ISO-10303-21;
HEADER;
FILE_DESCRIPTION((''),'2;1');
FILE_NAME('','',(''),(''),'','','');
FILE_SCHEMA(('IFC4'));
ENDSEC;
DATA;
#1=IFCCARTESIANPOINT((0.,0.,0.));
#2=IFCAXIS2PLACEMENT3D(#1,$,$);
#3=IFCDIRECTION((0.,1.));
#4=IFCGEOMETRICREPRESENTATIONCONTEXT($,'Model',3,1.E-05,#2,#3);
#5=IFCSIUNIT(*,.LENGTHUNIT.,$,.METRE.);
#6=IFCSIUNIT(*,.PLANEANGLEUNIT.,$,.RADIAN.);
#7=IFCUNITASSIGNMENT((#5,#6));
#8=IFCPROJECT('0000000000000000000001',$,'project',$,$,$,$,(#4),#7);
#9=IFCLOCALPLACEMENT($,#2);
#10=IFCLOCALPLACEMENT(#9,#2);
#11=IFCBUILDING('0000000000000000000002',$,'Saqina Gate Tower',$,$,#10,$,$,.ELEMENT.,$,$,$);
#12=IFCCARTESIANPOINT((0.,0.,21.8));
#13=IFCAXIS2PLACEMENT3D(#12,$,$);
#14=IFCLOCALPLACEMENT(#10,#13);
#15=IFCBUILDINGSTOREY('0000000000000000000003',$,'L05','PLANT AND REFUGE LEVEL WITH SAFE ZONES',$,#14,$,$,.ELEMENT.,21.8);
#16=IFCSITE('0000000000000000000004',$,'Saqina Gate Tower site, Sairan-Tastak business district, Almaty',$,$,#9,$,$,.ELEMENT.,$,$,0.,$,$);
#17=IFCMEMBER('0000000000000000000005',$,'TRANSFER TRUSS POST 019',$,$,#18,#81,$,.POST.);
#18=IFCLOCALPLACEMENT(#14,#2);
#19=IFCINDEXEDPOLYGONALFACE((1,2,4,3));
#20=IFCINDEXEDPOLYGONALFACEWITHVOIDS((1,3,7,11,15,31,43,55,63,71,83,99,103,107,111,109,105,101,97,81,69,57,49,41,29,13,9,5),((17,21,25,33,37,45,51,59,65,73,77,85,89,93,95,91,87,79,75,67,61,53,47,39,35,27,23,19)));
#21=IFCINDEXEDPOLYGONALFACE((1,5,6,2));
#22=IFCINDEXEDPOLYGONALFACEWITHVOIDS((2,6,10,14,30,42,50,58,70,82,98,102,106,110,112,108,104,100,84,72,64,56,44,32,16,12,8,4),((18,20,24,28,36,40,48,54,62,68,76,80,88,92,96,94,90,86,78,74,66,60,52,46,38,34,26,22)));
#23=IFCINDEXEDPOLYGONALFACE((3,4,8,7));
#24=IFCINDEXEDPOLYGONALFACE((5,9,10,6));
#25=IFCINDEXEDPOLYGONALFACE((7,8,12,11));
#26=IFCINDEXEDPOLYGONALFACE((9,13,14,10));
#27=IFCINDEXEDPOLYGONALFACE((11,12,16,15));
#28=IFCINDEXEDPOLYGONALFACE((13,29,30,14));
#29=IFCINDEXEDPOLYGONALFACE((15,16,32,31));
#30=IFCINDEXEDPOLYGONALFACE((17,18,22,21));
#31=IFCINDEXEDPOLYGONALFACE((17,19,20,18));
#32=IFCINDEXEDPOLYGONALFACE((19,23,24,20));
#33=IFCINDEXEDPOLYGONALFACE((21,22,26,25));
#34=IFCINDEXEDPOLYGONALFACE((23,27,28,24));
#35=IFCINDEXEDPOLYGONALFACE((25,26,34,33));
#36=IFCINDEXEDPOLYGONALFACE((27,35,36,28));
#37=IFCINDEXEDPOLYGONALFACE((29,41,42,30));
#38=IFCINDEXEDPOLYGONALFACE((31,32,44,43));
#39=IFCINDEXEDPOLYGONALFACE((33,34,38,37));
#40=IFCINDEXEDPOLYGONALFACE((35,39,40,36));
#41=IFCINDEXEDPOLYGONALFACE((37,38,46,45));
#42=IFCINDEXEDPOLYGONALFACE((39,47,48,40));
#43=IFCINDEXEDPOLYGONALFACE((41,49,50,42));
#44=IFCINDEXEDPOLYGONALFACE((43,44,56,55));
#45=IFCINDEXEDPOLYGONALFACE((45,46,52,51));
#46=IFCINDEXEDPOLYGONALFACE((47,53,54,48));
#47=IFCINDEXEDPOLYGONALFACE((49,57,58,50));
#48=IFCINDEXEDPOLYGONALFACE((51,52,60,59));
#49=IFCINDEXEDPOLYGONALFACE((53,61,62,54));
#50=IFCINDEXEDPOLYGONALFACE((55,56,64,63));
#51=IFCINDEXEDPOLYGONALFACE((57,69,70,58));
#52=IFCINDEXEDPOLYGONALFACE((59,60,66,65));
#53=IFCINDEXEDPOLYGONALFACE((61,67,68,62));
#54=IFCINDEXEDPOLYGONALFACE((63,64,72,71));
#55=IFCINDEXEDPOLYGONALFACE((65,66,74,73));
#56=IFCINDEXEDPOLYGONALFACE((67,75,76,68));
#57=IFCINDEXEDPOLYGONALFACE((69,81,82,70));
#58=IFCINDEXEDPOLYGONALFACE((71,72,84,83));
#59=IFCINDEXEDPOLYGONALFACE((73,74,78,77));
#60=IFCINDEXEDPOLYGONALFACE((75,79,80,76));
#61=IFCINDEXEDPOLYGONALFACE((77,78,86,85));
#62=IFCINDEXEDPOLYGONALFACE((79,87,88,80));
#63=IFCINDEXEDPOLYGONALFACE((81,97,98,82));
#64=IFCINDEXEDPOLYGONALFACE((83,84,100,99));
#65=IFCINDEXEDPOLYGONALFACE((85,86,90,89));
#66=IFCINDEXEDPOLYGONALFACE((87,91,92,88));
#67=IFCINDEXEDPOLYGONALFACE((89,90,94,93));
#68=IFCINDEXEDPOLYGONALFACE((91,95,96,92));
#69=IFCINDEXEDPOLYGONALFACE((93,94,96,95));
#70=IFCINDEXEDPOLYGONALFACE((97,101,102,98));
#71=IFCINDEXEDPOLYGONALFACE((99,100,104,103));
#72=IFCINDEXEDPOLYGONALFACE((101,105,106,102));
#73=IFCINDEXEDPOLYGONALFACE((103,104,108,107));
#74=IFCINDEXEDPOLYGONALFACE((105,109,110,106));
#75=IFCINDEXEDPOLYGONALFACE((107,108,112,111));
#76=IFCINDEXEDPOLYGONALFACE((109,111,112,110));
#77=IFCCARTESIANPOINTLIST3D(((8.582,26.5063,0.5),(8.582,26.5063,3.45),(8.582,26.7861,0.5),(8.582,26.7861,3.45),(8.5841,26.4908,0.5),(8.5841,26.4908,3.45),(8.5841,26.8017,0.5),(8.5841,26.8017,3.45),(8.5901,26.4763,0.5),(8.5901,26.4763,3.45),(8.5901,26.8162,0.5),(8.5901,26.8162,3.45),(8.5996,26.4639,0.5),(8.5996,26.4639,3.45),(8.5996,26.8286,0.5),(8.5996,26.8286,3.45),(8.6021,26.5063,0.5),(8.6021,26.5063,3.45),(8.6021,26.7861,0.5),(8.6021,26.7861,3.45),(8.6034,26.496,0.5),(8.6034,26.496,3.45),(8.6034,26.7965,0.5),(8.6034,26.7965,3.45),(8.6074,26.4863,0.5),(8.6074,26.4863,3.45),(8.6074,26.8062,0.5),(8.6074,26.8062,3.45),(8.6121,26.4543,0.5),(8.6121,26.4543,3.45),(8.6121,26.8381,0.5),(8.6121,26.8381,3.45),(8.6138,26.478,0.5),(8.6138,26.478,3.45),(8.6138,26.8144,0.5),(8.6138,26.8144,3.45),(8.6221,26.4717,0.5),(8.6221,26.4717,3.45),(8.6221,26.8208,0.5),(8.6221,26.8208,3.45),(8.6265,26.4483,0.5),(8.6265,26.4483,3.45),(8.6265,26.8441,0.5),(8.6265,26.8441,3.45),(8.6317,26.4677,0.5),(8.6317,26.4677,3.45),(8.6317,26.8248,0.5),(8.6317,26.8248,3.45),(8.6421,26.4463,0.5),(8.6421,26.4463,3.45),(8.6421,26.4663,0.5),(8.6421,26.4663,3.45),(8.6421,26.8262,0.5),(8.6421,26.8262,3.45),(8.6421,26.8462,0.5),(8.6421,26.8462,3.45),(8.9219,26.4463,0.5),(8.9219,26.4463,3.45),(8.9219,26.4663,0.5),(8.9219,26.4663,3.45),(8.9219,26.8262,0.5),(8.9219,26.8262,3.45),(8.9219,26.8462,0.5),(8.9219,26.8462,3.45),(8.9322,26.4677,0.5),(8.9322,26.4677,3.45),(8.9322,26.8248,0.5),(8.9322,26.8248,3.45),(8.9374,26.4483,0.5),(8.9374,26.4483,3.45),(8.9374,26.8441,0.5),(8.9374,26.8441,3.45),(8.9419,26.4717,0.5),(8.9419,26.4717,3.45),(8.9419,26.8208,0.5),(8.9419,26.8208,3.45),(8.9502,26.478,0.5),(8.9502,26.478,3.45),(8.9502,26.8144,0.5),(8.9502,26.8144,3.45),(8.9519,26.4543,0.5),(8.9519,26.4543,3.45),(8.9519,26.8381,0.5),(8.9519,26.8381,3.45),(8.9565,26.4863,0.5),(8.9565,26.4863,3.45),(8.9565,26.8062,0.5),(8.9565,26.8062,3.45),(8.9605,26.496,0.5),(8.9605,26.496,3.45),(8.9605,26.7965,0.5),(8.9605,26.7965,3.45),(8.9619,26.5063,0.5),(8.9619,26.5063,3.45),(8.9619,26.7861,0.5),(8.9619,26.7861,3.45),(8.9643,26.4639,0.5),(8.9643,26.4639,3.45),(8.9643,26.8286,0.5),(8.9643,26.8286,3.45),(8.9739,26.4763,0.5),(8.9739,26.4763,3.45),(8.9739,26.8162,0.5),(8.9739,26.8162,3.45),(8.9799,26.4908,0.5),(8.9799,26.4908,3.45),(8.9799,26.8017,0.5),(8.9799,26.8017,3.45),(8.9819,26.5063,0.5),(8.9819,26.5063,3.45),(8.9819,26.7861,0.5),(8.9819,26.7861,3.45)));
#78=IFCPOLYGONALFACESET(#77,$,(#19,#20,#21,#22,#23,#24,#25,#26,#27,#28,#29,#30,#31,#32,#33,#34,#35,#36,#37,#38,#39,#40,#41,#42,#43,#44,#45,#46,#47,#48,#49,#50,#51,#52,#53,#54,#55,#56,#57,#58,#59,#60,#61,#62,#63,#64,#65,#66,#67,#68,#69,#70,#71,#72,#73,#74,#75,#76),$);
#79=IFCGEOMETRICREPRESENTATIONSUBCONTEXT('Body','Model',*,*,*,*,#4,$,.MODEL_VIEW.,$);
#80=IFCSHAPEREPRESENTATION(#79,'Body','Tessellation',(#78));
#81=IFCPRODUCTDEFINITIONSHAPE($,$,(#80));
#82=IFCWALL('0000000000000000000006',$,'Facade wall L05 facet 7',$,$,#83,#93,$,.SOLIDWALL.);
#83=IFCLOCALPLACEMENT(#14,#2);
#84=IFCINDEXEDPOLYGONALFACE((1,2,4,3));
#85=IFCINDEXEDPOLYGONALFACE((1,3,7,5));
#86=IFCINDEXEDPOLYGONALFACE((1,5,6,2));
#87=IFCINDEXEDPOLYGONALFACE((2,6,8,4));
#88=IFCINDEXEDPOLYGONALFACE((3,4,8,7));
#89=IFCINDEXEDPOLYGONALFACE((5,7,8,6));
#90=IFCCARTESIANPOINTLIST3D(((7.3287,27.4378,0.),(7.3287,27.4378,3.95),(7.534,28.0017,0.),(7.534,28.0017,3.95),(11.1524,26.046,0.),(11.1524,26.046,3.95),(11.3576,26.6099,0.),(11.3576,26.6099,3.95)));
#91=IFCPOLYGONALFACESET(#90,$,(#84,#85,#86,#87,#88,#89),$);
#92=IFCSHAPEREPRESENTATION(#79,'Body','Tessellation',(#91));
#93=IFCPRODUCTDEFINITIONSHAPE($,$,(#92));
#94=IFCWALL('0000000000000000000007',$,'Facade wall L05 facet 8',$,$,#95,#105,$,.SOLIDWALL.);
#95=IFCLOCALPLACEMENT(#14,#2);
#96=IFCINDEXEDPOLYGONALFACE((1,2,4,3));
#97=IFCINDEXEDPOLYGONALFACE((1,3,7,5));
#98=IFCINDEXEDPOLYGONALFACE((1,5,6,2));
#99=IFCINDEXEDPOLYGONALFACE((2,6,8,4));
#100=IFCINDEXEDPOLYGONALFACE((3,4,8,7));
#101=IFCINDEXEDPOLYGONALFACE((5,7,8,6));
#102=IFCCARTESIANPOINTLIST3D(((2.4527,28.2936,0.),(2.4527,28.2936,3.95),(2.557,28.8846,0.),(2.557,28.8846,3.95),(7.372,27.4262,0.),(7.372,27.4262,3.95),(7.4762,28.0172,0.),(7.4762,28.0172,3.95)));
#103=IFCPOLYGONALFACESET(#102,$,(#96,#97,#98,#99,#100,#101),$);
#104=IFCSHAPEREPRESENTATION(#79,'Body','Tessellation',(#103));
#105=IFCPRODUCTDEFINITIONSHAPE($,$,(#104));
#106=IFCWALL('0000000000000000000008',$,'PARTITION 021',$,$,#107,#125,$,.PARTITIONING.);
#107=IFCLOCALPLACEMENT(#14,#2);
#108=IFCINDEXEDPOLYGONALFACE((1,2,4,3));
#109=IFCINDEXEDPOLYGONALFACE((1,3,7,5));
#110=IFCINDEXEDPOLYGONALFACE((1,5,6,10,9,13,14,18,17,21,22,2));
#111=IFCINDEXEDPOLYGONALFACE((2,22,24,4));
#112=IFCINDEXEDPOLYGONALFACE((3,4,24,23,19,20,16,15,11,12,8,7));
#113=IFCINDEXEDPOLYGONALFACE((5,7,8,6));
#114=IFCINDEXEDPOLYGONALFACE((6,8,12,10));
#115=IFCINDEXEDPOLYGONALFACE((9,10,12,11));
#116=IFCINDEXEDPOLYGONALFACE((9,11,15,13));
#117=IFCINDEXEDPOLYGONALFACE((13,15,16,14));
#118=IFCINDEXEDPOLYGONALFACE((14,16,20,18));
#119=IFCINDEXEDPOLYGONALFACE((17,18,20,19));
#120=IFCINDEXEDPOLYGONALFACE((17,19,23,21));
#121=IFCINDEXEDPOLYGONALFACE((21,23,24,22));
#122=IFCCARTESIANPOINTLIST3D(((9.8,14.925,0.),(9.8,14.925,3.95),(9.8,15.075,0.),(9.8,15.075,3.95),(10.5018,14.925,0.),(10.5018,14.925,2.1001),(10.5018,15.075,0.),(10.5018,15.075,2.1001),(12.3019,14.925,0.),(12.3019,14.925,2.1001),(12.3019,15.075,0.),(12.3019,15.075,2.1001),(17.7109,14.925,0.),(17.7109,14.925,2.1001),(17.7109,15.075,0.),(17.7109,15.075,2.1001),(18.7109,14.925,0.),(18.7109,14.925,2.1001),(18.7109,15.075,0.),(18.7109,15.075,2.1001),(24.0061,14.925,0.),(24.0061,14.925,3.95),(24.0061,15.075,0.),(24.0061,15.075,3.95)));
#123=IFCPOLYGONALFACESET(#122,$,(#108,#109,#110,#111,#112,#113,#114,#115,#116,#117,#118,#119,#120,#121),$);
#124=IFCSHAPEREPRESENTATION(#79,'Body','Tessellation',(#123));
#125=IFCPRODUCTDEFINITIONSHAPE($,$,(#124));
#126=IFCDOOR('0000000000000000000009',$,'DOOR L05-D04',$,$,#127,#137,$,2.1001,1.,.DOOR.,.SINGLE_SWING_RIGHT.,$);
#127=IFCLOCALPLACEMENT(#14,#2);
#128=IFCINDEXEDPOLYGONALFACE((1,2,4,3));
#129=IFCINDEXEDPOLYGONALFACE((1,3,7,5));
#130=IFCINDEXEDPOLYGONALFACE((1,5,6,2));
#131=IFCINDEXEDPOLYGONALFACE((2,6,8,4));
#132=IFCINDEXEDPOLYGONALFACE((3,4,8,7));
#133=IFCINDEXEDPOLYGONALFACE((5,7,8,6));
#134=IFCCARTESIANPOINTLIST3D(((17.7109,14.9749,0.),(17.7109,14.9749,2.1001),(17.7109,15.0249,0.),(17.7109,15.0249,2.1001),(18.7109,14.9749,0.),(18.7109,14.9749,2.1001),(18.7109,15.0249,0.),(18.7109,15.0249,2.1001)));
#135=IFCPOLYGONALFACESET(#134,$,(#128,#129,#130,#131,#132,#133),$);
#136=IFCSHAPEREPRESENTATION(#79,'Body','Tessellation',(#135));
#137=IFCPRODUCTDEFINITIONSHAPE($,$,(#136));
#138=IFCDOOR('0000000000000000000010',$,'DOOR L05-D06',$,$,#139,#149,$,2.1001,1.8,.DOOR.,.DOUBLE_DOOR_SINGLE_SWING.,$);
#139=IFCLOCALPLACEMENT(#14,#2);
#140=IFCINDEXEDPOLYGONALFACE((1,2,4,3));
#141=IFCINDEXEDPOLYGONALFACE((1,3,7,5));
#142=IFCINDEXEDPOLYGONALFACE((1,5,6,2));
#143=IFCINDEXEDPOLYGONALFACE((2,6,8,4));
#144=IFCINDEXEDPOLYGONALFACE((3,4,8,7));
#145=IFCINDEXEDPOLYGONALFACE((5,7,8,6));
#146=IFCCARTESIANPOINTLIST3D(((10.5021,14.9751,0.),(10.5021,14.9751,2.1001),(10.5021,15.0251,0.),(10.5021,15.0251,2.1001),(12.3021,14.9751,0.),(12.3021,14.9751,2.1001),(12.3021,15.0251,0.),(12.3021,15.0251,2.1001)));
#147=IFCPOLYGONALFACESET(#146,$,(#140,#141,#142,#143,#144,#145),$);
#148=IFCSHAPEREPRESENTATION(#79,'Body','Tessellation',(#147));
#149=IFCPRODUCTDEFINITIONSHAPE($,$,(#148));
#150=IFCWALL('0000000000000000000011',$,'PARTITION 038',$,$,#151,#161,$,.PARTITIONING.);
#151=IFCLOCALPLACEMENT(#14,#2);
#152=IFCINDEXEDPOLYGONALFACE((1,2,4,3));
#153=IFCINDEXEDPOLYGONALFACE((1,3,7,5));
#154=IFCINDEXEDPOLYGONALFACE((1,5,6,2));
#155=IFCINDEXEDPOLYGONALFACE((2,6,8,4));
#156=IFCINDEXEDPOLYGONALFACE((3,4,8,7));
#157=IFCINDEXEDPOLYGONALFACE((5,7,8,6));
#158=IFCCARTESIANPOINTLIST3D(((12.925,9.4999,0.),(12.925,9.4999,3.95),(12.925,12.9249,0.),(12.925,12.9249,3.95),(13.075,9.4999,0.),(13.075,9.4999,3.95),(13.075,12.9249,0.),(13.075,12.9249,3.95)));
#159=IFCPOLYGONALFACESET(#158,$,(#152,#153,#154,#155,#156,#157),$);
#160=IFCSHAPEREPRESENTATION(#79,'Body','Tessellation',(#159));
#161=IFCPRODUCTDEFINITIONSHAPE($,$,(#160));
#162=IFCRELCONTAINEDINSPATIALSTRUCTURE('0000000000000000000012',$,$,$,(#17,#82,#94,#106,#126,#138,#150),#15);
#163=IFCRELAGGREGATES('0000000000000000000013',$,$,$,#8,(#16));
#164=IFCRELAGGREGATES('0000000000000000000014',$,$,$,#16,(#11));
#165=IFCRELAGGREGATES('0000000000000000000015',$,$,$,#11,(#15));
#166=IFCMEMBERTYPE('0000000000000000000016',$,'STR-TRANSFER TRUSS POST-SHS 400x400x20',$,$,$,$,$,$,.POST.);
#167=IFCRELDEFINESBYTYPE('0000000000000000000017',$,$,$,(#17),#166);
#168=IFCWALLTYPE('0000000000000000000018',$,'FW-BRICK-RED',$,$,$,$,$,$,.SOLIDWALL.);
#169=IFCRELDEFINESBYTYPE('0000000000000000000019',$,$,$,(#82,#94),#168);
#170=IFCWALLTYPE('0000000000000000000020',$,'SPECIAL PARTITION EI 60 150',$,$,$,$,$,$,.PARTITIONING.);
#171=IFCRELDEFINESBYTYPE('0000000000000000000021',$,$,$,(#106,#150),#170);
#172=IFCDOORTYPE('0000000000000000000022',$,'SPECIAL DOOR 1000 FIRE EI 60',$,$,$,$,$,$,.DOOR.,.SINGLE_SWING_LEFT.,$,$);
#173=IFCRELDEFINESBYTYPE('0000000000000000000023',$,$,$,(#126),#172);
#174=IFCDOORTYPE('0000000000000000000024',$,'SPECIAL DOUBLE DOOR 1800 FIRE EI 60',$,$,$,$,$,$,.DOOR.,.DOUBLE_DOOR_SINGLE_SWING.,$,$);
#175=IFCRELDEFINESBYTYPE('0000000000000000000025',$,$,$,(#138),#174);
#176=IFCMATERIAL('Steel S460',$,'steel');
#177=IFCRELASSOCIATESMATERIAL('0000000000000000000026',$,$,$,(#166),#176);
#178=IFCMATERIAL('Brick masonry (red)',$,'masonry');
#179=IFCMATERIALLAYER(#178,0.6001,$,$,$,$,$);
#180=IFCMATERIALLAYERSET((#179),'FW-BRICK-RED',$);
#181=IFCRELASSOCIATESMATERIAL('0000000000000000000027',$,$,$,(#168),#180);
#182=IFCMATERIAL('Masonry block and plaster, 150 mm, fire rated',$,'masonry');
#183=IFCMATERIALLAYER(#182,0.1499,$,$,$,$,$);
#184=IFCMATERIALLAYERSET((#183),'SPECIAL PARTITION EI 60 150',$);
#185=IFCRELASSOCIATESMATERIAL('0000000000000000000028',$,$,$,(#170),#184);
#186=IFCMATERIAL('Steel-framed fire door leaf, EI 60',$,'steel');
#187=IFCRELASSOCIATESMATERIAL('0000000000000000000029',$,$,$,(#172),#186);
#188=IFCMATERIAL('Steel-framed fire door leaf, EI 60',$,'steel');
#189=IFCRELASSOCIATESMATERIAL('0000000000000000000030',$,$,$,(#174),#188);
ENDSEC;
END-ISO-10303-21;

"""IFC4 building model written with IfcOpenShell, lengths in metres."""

from ifc_helpers import new_model, si_unit, direction, frame, frame_2d, origin, origin_2d, place, context, subcontext, project, spatial, rectangle, hollow_rectangle, extrude, material, layer, layer_set, material_profile, profile_set, type_object, element, fill, save


model = new_model("IFC4")

# Units and contexts
model_context = context("Model", 3, precision=1e-05, world=origin(), true_north=direction((0.0, 1.0)))
body_context = subcontext(model_context, "Body", "Model", "MODEL_VIEW")
ifc_project = project(units=[si_unit("LENGTHUNIT", "METRE"), si_unit("PLANEANGLEUNIT", "RADIAN")], contexts=[model_context])

# Site, building, storey
site_placement = place(None, origin())
site = spatial("IfcSite", under=ifc_project, at=site_placement, Name="Saqina Gate Tower site, Sairan-Tastak business district, Almaty", CompositionType="ELEMENT", RefElevation=0.0)
building_placement = place(site_placement, origin())
building = spatial("IfcBuilding", under=site, at=building_placement, Name="Saqina Gate Tower", CompositionType="ELEMENT")
storey_placement = place(building_placement, frame((0.0, 0.0, 21.8)))
storey = spatial("IfcBuildingStorey", under=building, at=storey_placement, Name="L05", Description="PLANT AND REFUGE LEVEL WITH SAFE ZONES", CompositionType="ELEMENT", Elevation=21.8)

# Member
ifc_material_1 = material(Name="Steel S460", Category="steel")
ifc_material_profile_1 = material_profile(ifc_material_1, hollow_rectangle(XDim=0.3999, YDim=0.3999, WallThickness=0.02, InnerFilletRadius=0.04, OuterFilletRadius=0.0601, at=origin_2d()), Name="SHS 400x400x20")
ifc_profile_set_1 = profile_set([ifc_material_profile_1], Name="Steel S460")
member_type_1 = type_object("IfcMemberType", Name="STR-TRANSFER TRUSS POST-SHS 400x400x20", PredefinedType="POST", material=ifc_profile_set_1)
for number, where, z_axis, x_axis, name in (
    (1, (8.782, 26.6462, 0.5), (0.0, 0.0, 1.0), (1.0, 0.0, 0.0), "TRANSFER TRUSS POST 019"),
):
    element("IfcMember", number, at=place(storey_placement, frame(where, z_axis=z_axis, x_axis=x_axis)), inside=storey, type_object=member_type_1, Name=name, PredefinedType="POST", context=body_context, shape_type="SweptSolid", body=[
        extrude(hollow_rectangle(XDim=0.3999, YDim=0.3999, WallThickness=0.02, InnerFilletRadius=0.04, OuterFilletRadius=0.0601, at=origin_2d()), origin(), (0.0, 0.0, 1.0), 2.95),
    ])

# Walls
ifc_material_2 = material(Name="Brick masonry (red)", Category="masonry")
ifc_layer_1 = layer(ifc_material_2, 0.6001)
ifc_layer_set_1 = layer_set([ifc_layer_1], Name="FW-BRICK-RED")
wall_type_1 = type_object("IfcWallType", Name="FW-BRICK-RED", PredefinedType="SOLIDWALL", material=ifc_layer_set_1)
wall_1_placement = place(storey_placement, frame((11.2551, 26.3279, 0.0), z_axis=(0.0, 0.0, 1.0), x_axis=(-0.939683, 0.342047, 0.0)))
element("IfcWall", 2, at=wall_1_placement, inside=storey, type_object=wall_type_1, Name="Facade wall L05 facet 7", PredefinedType="SOLIDWALL", context=body_context, shape_type="SweptSolid", body=[
    extrude(rectangle(XDim=4.0691, YDim=0.6001, at=frame_2d((2.0347, 0.0))), origin(), (0.0, 0.0, 1.0), 3.95),
])
wall_2_placement = place(storey_placement, frame((7.4241, 27.7217, 0.0), z_axis=(0.0, 0.0, 1.0), x_axis=(-0.984806, 0.173657, 0.0)))
element("IfcWall", 3, at=wall_2_placement, inside=storey, type_object=wall_type_1, Name="Facade wall L05 facet 8", PredefinedType="SOLIDWALL", context=body_context, shape_type="SweptSolid", body=[
    extrude(rectangle(XDim=4.9951, YDim=0.6001, at=frame_2d((2.4976, 0.0))), origin(), (0.0, 0.0, 1.0), 3.95),
])

# Wall, openings, doors
ifc_material_3 = material(Name="Masonry block and plaster, 150 mm, fire rated", Category="masonry")
ifc_layer_2 = layer(ifc_material_3, 0.1499)
ifc_layer_set_2 = layer_set([ifc_layer_2], Name="SPECIAL PARTITION EI 60 150")
wall_type_2 = type_object("IfcWallType", Name="SPECIAL PARTITION EI 60 150", PredefinedType="PARTITIONING", material=ifc_layer_set_2)
wall_3_placement = place(storey_placement, frame((9.8, 15.0, 0.0), z_axis=(0.0, 0.0, 1.0), x_axis=(1.0, 0.0, 0.0)))
wall_3 = element("IfcWall", 4, at=wall_3_placement, inside=storey, type_object=wall_type_2, Name="PARTITION 021", PredefinedType="PARTITIONING", context=body_context, shape_type="SweptSolid", body=[
    extrude(rectangle(XDim=14.2061, YDim=0.1499, at=frame_2d((7.103, 0.0))), origin(), (0.0, 0.0, 1.0), 3.95),
])
opening_1_placement = place(wall_3_placement, frame((7.9109, 0.0, 0.0)))
opening_1 = element("IfcOpeningElement", 5, at=opening_1_placement, cuts=wall_3, PredefinedType="OPENING", context=body_context, shape_type="SweptSolid", body=[
    extrude(rectangle(XDim=1.0, YDim=2.1001, at=frame_2d((0.5, 1.05))), frame((0.0, 0.0869, 0.0), z_axis=(0.0, -1.0, 0.0), x_axis=(1.0, 0.0, 0.0)), (0.0, 0.0, 1.0), 0.1738),
])
opening_2_placement = place(wall_3_placement, frame((0.7019, 0.0, 0.0)))
opening_2 = element("IfcOpeningElement", 6, at=opening_2_placement, cuts=wall_3, PredefinedType="OPENING", context=body_context, shape_type="SweptSolid", body=[
    extrude(rectangle(XDim=1.8, YDim=2.1001, at=frame_2d((0.8999, 1.05))), frame((0.0, 0.0869, 0.0), z_axis=(0.0, -1.0, 0.0), x_axis=(1.0, 0.0, 0.0)), (0.0, 0.0, 1.0), 0.1738),
])
ifc_material_4 = material(Name="Steel-framed fire door leaf, EI 60", Category="steel")
door_type_1 = type_object("IfcDoorType", Name="SPECIAL DOOR 1000 FIRE EI 60", OperationType="SINGLE_SWING_LEFT", PredefinedType="DOOR", material=ifc_material_4)
door_1_placement = place(opening_1_placement, origin())
door_1 = element("IfcDoor", 7, at=door_1_placement, inside=storey, type_object=door_type_1, Name="DOOR L05-D04", OperationType="SINGLE_SWING_RIGHT", OverallHeight=2.1001, OverallWidth=1.0, PredefinedType="DOOR", context=body_context, shape_type="SweptSolid", body=[
    extrude(rectangle(XDim=1.0, YDim=2.1001, at=frame_2d((0.5, 1.05))), frame((0.0, 0.0249, 0.0), z_axis=(0.0, -1.0, 0.0), x_axis=(1.0, 0.0, 0.0)), (0.0, 0.0, 1.0), 0.05),
])
fill(opening_1, door_1)
ifc_material_5 = material(Name="Steel-framed fire door leaf, EI 60", Category="steel")
door_type_2 = type_object("IfcDoorType", Name="SPECIAL DOUBLE DOOR 1800 FIRE EI 60", OperationType="DOUBLE_DOOR_SINGLE_SWING", PredefinedType="DOOR", material=ifc_material_5)
door_2_placement = place(opening_2_placement, frame((1.8, 0.0, 0.0), z_axis=(0.0, 0.0, 1.0), x_axis=(-1.0, 0.0, 0.0)))
door_2 = element("IfcDoor", 8, at=door_2_placement, inside=storey, type_object=door_type_2, Name="DOOR L05-D06", OperationType="DOUBLE_DOOR_SINGLE_SWING", OverallHeight=2.1001, OverallWidth=1.8, PredefinedType="DOOR", context=body_context, shape_type="SweptSolid", body=[
    extrude(rectangle(XDim=1.8, YDim=2.1001, at=frame_2d((0.8999, 1.05))), frame((0.0, 0.0249, 0.0), z_axis=(0.0, -1.0, 0.0), x_axis=(1.0, 0.0, 0.0)), (0.0, 0.0, 1.0), 0.05),
])
fill(opening_2, door_2)

# Wall
wall_4_placement = place(storey_placement, frame((13.0, 9.5, 0.0), z_axis=(0.0, 0.0, 1.0), x_axis=(0.0, 1.0, 0.0)))
element("IfcWall", 9, at=wall_4_placement, inside=storey, type_object=wall_type_2, Name="PARTITION 038", PredefinedType="PARTITIONING", context=body_context, shape_type="SweptSolid", body=[
    extrude(rectangle(XDim=3.425, YDim=0.1499, at=frame_2d((1.7124, 0.0))), origin(), (0.0, 0.0, 1.0), 3.95),
])

save(model, "model.ifc")
